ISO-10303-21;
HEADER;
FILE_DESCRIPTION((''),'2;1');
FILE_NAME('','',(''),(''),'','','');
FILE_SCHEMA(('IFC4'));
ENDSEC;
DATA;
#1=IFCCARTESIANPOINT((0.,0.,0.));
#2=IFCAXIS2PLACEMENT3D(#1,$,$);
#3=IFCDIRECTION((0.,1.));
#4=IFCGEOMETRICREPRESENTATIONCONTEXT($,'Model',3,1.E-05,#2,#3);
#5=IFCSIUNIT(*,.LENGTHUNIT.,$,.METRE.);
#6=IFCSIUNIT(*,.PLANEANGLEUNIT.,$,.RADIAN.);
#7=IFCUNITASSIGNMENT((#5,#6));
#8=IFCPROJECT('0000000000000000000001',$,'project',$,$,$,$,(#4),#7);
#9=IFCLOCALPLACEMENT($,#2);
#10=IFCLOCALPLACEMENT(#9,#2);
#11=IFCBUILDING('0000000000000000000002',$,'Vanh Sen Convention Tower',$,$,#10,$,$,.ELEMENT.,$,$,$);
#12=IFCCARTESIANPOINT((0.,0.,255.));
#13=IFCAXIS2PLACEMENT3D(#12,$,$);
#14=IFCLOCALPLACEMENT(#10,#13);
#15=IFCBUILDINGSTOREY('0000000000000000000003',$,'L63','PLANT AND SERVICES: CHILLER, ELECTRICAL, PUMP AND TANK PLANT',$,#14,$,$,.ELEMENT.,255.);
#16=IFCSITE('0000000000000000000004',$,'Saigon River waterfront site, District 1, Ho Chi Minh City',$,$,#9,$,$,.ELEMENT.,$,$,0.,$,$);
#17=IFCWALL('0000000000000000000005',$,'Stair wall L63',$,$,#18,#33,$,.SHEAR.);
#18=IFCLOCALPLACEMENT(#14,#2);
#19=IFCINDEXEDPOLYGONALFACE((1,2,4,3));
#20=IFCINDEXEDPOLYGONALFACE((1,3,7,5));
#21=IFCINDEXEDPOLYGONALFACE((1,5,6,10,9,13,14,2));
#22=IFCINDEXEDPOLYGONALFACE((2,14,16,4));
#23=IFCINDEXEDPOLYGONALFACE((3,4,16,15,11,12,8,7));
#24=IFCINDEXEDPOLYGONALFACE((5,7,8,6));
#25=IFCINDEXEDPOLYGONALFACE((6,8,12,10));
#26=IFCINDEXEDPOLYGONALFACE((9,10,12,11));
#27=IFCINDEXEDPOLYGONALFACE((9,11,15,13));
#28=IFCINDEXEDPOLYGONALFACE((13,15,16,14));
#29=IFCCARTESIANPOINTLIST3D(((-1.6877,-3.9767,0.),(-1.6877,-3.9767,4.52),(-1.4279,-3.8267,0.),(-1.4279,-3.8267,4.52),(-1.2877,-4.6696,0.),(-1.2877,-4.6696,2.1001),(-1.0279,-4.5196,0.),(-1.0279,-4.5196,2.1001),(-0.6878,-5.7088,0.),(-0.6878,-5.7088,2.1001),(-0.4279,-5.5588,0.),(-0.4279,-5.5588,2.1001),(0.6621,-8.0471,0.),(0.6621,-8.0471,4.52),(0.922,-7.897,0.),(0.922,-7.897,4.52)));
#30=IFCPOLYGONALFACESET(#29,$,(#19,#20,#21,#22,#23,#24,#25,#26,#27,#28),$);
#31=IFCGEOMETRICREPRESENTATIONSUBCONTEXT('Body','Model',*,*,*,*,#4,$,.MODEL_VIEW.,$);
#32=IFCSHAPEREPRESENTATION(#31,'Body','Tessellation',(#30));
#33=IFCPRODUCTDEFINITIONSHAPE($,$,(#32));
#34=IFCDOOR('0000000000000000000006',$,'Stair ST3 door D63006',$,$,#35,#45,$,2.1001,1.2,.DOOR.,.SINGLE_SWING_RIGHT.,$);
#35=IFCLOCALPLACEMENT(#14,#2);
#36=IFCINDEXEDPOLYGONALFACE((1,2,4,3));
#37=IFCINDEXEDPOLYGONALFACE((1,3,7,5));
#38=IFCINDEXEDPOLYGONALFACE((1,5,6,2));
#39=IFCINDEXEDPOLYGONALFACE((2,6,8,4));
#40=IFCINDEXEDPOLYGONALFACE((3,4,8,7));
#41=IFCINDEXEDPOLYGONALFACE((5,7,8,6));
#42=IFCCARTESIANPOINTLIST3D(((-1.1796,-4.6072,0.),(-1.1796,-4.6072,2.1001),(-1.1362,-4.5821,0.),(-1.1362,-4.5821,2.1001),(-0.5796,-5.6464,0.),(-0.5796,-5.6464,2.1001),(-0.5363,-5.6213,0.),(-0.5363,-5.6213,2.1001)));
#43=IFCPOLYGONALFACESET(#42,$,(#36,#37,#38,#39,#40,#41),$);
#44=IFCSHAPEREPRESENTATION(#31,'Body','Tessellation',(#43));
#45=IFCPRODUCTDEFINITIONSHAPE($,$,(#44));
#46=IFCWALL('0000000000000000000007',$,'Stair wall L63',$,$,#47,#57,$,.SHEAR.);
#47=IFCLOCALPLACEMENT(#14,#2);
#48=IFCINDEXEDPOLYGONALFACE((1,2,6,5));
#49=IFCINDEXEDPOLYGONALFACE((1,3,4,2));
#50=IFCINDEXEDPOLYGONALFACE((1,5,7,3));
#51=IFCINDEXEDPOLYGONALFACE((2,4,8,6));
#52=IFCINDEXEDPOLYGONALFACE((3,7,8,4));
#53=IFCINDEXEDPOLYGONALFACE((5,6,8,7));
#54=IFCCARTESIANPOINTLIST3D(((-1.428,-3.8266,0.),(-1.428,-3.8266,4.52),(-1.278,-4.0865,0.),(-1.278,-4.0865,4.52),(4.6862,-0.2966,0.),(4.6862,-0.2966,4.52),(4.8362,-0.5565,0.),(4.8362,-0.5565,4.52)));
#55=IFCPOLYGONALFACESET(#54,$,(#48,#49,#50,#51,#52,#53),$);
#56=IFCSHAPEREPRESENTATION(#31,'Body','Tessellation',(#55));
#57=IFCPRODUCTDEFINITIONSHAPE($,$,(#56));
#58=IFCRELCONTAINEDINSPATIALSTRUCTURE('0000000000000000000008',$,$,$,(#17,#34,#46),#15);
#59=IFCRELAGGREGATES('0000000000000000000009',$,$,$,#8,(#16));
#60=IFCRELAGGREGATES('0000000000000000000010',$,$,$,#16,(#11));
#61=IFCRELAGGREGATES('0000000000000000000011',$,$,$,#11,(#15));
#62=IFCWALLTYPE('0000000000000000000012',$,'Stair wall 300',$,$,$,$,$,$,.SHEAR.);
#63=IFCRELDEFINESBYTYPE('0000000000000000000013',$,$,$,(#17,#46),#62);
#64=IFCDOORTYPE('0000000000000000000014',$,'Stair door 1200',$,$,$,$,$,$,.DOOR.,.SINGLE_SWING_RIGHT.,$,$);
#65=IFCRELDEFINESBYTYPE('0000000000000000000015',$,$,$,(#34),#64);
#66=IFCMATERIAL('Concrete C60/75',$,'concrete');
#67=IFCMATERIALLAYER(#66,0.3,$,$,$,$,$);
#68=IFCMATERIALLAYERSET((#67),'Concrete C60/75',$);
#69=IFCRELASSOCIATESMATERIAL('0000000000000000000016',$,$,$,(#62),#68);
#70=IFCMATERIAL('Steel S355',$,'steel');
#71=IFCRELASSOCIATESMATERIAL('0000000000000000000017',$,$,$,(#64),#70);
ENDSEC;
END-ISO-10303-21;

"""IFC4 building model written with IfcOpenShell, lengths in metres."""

from ifc_helpers import new_model, si_unit, direction, frame, frame_2d, origin, place, context, subcontext, project, spatial, rectangle, extrude, material, layer, layer_set, type_object, element, fill, save


model = new_model("IFC4")

# Units and contexts
model_context = context("Model", 3, precision=1e-05, world=origin(), true_north=direction((0.0, 1.0)))
body_context = subcontext(model_context, "Body", "Model", "MODEL_VIEW")
ifc_project = project(units=[si_unit("LENGTHUNIT", "METRE"), si_unit("PLANEANGLEUNIT", "RADIAN")], contexts=[model_context])

# Site, building, storey
site_placement = place(None, origin())
site = spatial("IfcSite", under=ifc_project, at=site_placement, Name="Saigon River waterfront site, District 1, Ho Chi Minh City", CompositionType="ELEMENT", RefElevation=0.0)
building_placement = place(site_placement, origin())
building = spatial("IfcBuilding", under=site, at=building_placement, Name="Vanh Sen Convention Tower", CompositionType="ELEMENT")
storey_placement = place(building_placement, frame((0.0, 0.0, 255.0)))
storey = spatial("IfcBuildingStorey", under=building, at=storey_placement, Name="L63", Description="PLANT AND SERVICES: CHILLER, ELECTRICAL, PUMP AND TANK PLANT", CompositionType="ELEMENT", Elevation=255.0)

# Shared definitions
ifc_material_1 = material(Name="Concrete C60/75", Category="concrete")
ifc_material_2 = material(Name="Steel S355", Category="steel")

# Shared definitions
ifc_layer_1 = layer(ifc_material_1, 0.3)
ifc_layer_set_1 = layer_set([ifc_layer_1], Name="Concrete C60/75")
wall_type_1 = type_object("IfcWallType", Name="Stair wall 300", PredefinedType="SHEAR", material=ifc_layer_set_1)

# Wall, opening, door
wall_1_placement = place(storey_placement, frame((-1.5579, -3.9016, 0.0), z_axis=(0.0, 0.0, 1.0), x_axis=(0.499977, -0.866039, 0.0)))
wall_1 = element("IfcWall", 1, at=wall_1_placement, inside=storey, type_object=wall_type_1, Name="Stair wall L63", PredefinedType="SHEAR", context=body_context, shape_type="SweptSolid", body=[
    extrude(rectangle(XDim=4.7, YDim=0.3, at=frame_2d((2.3501, 0.0))), origin(), (0.0, 0.0, 1.0), 4.52),
])
opening_1_placement = place(wall_1_placement, frame((0.8, 0.0, 0.0)))
opening_1 = element("IfcOpeningElement", 2, at=opening_1_placement, cuts=wall_1, PredefinedType="OPENING", context=body_context, shape_type="SweptSolid", body=[
    extrude(rectangle(XDim=1.2, YDim=2.1001, at=frame_2d((0.6001, 1.05))), frame((0.0, 0.1599, 0.0), z_axis=(0.0, -1.0, 0.0), x_axis=(1.0, 0.0, 0.0)), (0.0, 0.0, 1.0), 0.3201),
])
door_type_1 = type_object("IfcDoorType", Name="Stair door 1200", OperationType="SINGLE_SWING_RIGHT", PredefinedType="DOOR", material=ifc_material_2)
door_1_placement = place(opening_1_placement, origin())
door_1 = element("IfcDoor", 3, at=door_1_placement, inside=storey, type_object=door_type_1, Name="Stair ST3 door D63006", OperationType="SINGLE_SWING_RIGHT", OverallHeight=2.1001, OverallWidth=1.2, PredefinedType="DOOR", context=body_context, shape_type="SweptSolid", body=[
    extrude(rectangle(XDim=1.2, YDim=2.1001, at=frame_2d((0.6001, 1.05))), frame((0.0, 0.0249, 0.0), z_axis=(0.0, -1.0, 0.0), x_axis=(1.0, 0.0, 0.0)), (0.0, 0.0, 1.0), 0.05),
])
fill(opening_1, door_1)

# Wall
wall_2_placement = place(storey_placement, frame((-1.353, -3.9565, 0.0), z_axis=(0.0, 0.0, 1.0), x_axis=(0.866028, 0.499996, 0.0)))
element("IfcWall", 4, at=wall_2_placement, inside=storey, type_object=wall_type_1, Name="Stair wall L63", PredefinedType="SHEAR", context=body_context, shape_type="SweptSolid", body=[
    extrude(rectangle(XDim=7.0601, YDim=0.3, at=frame_2d((3.53, 0.0))), origin(), (0.0, 0.0, 1.0), 4.52),
])

save(model, "model.ifc")
